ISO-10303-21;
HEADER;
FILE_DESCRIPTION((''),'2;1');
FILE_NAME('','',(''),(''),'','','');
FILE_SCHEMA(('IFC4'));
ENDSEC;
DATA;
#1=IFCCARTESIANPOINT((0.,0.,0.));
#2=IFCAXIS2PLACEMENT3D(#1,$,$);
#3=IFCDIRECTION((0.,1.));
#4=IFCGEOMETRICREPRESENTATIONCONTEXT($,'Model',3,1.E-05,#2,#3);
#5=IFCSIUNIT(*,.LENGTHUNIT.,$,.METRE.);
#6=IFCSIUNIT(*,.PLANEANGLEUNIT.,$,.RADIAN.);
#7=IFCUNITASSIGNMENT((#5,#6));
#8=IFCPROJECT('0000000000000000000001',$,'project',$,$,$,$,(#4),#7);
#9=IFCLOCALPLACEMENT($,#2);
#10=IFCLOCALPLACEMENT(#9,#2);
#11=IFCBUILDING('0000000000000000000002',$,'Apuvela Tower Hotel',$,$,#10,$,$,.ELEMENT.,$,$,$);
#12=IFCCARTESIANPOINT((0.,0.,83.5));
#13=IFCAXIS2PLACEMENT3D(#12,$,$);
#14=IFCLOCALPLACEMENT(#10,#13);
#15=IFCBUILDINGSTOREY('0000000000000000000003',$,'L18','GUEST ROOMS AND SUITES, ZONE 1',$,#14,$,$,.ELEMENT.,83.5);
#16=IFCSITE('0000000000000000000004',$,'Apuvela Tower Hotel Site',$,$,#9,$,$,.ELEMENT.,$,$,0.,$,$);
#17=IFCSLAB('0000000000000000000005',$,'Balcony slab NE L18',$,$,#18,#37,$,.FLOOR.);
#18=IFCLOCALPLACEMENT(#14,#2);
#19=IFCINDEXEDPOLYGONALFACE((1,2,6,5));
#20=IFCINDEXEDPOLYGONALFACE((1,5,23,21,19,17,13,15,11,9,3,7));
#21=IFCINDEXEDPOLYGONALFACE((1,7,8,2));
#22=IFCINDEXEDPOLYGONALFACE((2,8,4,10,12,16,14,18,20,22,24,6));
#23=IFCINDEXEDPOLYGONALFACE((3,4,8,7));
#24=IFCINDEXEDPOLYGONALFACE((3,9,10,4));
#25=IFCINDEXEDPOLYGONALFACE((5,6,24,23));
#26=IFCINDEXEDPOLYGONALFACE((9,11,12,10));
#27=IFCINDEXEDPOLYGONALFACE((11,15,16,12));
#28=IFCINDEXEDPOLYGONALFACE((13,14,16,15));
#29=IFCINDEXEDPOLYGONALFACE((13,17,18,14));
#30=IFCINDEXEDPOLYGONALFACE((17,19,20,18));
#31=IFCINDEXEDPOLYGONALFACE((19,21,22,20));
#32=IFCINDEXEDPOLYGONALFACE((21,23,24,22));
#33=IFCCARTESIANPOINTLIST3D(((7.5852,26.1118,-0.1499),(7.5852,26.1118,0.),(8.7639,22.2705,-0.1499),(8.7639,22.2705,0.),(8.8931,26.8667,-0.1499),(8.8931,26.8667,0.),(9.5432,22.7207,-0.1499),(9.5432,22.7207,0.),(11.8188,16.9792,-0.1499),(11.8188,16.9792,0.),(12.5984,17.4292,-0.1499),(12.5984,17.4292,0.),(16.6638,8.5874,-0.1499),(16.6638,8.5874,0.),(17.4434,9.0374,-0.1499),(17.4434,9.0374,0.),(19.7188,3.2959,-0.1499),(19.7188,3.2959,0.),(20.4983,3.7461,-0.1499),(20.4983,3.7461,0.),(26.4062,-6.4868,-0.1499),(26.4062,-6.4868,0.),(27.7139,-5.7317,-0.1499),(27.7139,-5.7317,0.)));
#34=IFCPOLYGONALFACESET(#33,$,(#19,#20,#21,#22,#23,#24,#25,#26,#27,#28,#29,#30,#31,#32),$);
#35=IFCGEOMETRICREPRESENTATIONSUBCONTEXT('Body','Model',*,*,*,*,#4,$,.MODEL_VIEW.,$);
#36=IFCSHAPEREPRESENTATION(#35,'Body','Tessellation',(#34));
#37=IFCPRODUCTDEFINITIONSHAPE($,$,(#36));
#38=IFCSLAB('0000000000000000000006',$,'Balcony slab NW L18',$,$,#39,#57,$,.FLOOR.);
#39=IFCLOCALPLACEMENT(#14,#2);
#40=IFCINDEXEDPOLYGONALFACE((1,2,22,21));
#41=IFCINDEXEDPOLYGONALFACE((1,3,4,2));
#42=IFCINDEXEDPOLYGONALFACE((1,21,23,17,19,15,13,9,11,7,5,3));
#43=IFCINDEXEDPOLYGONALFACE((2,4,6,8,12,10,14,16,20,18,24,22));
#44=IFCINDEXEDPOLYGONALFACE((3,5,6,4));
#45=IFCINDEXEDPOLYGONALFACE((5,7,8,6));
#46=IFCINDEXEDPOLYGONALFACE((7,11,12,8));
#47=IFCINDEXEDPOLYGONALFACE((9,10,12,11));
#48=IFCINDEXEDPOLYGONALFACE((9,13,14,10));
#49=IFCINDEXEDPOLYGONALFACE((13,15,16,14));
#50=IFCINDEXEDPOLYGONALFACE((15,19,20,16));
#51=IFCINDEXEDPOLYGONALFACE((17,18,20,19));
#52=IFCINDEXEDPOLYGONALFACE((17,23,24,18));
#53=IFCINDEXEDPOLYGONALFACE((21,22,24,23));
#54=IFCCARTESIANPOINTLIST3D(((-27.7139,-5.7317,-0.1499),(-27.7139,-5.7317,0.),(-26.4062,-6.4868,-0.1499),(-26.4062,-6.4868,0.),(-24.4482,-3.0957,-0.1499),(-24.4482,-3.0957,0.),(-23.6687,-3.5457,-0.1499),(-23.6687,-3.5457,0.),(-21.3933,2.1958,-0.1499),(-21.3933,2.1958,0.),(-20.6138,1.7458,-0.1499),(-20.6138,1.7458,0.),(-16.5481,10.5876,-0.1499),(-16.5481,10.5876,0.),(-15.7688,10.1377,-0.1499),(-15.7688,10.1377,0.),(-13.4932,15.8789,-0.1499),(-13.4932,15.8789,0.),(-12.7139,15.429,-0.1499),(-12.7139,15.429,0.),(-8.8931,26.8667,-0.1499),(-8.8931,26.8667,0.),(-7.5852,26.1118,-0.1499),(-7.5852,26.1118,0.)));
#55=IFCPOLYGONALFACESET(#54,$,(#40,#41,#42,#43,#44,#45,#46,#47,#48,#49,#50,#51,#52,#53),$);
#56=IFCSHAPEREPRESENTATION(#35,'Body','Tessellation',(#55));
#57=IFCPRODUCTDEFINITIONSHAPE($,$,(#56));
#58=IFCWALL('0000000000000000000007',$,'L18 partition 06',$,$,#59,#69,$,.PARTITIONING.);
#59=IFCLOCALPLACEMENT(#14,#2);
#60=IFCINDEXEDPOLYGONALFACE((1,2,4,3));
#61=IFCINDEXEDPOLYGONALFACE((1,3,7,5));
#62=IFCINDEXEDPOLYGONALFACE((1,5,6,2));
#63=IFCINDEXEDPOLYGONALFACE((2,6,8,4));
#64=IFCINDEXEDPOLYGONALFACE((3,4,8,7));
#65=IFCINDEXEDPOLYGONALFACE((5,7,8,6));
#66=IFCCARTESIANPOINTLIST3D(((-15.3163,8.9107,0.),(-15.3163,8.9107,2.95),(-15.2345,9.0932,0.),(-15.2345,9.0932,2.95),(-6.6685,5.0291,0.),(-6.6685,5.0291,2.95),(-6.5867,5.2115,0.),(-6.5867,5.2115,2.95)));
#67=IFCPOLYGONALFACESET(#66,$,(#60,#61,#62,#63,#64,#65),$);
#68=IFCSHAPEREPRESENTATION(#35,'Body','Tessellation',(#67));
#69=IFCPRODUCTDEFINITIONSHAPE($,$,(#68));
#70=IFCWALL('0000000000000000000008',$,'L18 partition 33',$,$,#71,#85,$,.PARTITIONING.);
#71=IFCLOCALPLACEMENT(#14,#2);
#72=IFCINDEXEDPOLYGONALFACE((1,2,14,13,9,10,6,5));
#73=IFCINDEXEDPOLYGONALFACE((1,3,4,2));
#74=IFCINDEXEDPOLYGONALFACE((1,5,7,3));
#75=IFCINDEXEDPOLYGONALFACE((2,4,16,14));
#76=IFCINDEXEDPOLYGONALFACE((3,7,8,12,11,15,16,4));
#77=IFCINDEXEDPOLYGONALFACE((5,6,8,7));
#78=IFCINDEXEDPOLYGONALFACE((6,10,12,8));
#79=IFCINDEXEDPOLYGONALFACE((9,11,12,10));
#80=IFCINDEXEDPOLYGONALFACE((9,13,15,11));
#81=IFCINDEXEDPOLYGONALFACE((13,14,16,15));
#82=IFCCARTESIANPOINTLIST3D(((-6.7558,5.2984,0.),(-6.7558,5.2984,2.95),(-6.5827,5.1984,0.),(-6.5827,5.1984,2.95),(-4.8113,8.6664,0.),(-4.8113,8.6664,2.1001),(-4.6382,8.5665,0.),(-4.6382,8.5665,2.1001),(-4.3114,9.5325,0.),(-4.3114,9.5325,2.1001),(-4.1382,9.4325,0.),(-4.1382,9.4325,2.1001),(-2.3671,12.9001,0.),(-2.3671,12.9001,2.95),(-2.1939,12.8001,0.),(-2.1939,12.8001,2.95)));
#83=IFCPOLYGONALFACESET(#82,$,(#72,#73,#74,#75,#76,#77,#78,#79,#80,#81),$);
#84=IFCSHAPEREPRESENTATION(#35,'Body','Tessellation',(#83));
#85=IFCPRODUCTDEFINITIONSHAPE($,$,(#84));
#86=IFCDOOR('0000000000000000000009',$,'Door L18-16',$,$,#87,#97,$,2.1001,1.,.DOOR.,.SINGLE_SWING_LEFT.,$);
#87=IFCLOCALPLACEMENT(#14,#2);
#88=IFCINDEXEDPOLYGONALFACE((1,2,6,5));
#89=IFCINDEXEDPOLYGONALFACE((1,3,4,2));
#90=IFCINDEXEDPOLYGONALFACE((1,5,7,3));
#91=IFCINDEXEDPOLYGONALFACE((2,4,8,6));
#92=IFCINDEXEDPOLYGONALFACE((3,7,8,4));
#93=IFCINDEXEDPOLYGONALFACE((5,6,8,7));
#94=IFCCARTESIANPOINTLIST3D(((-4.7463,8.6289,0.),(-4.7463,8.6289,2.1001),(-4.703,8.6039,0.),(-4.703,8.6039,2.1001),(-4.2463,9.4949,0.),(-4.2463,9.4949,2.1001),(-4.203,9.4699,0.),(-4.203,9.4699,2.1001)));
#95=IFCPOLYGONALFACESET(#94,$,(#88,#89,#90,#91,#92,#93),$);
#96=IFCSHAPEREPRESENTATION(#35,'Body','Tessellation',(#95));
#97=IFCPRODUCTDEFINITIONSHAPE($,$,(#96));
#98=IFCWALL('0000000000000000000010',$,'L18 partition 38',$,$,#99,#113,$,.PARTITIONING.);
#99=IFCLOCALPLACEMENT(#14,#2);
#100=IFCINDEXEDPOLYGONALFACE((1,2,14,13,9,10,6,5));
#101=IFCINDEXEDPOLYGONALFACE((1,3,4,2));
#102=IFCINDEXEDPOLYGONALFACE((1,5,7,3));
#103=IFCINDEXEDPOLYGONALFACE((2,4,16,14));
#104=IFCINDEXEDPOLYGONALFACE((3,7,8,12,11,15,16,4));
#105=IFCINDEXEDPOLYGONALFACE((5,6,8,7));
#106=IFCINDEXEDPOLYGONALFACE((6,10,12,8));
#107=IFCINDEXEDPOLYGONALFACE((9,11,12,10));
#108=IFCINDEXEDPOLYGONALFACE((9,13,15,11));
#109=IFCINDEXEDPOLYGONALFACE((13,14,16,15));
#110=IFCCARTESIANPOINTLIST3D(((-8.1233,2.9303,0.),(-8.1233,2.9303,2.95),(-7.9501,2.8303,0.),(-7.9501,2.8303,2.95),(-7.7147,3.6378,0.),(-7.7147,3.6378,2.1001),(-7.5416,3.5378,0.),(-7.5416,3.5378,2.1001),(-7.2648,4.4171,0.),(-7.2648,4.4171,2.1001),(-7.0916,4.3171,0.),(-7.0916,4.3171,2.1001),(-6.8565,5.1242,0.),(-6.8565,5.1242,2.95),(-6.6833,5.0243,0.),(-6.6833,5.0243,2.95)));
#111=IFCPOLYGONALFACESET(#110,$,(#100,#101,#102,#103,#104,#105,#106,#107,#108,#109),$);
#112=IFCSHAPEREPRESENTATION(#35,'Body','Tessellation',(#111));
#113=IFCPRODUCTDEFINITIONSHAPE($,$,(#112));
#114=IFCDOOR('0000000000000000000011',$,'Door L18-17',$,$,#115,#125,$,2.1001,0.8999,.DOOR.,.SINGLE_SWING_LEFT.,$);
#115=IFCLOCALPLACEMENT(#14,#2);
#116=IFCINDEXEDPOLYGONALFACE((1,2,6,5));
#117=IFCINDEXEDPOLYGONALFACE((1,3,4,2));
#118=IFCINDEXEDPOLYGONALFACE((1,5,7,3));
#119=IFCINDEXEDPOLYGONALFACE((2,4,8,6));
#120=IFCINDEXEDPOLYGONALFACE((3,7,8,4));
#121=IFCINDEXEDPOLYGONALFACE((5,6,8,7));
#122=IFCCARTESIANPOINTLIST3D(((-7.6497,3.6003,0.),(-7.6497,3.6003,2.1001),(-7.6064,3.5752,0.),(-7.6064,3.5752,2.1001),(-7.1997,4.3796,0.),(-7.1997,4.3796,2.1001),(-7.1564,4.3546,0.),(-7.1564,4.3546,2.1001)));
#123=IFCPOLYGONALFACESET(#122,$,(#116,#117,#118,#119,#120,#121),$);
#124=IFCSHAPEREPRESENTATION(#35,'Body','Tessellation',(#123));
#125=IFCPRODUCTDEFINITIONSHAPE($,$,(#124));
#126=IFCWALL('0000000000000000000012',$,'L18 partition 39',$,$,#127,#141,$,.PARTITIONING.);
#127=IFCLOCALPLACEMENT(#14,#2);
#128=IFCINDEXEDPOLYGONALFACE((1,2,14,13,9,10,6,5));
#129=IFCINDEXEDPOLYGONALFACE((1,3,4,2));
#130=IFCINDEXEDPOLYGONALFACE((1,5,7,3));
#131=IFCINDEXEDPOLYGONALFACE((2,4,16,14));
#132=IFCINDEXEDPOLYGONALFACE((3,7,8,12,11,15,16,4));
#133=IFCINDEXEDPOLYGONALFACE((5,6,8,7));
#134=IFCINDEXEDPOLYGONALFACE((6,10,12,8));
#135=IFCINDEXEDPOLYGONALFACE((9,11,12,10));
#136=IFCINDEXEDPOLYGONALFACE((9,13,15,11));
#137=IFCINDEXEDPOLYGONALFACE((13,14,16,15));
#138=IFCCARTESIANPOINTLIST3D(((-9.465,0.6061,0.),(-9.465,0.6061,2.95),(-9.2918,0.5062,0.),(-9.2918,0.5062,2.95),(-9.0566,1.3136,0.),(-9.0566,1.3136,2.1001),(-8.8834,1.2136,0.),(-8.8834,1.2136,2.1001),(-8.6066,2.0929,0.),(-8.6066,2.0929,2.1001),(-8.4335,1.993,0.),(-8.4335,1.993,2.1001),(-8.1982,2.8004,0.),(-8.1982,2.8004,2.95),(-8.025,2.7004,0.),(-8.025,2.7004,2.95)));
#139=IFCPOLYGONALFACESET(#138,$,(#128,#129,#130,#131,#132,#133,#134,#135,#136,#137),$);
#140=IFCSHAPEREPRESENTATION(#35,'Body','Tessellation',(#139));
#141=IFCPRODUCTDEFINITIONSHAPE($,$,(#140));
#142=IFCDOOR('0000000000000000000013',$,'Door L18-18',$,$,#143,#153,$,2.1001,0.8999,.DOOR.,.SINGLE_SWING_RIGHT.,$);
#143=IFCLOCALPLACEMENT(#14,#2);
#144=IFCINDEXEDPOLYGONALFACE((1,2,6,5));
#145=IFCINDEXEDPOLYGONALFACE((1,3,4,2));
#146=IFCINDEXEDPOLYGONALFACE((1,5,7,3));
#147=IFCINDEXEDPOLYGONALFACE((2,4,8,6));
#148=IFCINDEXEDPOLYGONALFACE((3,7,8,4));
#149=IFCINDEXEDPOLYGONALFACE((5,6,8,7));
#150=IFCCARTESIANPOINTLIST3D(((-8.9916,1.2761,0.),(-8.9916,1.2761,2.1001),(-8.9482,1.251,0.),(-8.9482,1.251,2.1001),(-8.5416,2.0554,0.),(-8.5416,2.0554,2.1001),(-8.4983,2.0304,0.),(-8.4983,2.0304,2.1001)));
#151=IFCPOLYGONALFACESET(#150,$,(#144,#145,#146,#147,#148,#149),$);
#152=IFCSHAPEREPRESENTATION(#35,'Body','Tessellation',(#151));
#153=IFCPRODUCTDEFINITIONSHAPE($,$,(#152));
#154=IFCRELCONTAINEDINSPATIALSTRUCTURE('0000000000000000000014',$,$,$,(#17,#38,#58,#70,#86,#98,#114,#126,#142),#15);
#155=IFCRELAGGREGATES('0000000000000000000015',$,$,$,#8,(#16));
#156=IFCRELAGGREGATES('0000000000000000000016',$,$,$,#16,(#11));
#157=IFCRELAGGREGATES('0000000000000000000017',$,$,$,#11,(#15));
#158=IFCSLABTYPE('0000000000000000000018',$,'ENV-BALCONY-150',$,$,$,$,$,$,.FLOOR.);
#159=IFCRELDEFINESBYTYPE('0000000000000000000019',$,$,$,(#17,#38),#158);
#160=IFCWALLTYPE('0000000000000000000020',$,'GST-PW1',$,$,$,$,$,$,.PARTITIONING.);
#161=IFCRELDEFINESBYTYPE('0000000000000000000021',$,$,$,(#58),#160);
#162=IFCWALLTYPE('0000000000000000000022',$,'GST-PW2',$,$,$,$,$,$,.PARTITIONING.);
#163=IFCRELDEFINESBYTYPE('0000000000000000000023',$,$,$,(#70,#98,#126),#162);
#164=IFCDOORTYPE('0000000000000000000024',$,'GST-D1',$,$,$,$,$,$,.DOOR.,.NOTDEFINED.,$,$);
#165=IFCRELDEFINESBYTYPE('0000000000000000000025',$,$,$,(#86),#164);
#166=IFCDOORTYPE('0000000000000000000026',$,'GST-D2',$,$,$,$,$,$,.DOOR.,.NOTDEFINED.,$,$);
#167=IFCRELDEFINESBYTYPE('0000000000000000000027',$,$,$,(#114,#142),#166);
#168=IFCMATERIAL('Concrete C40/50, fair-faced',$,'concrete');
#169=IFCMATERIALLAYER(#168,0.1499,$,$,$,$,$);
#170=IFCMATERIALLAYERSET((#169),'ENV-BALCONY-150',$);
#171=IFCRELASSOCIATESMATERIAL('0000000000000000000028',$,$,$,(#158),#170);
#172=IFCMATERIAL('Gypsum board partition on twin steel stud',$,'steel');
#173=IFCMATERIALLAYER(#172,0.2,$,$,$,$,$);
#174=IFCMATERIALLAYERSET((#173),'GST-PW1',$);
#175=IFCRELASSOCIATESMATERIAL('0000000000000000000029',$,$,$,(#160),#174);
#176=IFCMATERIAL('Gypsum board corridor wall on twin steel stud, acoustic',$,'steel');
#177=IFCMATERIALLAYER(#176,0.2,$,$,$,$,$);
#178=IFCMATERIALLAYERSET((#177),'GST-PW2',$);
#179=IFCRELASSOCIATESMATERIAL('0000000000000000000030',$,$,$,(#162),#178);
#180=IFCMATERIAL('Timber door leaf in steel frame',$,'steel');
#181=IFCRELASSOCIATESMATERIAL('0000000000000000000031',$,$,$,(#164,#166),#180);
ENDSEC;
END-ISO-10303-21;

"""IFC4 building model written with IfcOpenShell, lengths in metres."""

from ifc_helpers import new_model, si_unit, direction, frame, frame_2d, origin, place, context, subcontext, project, spatial, polyline, rectangle, outline, extrude, material, layer, layer_set, type_object, element, fill, save


model = new_model("IFC4")

# Units and contexts
model_context = context("Model", 3, precision=1e-05, world=origin(), true_north=direction((0.0, 1.0)))
body_context = subcontext(model_context, "Body", "Model", "MODEL_VIEW")
ifc_project = project(units=[si_unit("LENGTHUNIT", "METRE"), si_unit("PLANEANGLEUNIT", "RADIAN")], contexts=[model_context])

# Site, building, storey
site_placement = place(None, origin())
site = spatial("IfcSite", under=ifc_project, at=site_placement, Name="Apuvela Tower Hotel Site", CompositionType="ELEMENT", RefElevation=0.0)
building_placement = place(site_placement, origin())
building = spatial("IfcBuilding", under=site, at=building_placement, Name="Apuvela Tower Hotel", CompositionType="ELEMENT")
storey_placement = place(building_placement, frame((0.0, 0.0, 83.5)))
storey = spatial("IfcBuildingStorey", under=building, at=storey_placement, Name="L18", Description="GUEST ROOMS AND SUITES, ZONE 1", CompositionType="ELEMENT", Elevation=83.5)

# Slabs
ifc_material_1 = material(Name="Concrete C40/50, fair-faced", Category="concrete")
ifc_layer_1 = layer(ifc_material_1, 0.1499)
ifc_layer_set_1 = layer_set([ifc_layer_1], Name="ENV-BALCONY-150")
slab_type_1 = type_object("IfcSlabType", Name="ENV-BALCONY-150", PredefinedType="FLOOR", material=ifc_layer_set_1)
slab_1_placement = place(storey_placement, frame((0.0, 0.0, -0.1499)))
element("IfcSlab", 1, at=slab_1_placement, inside=storey, type_object=slab_type_1, Name="Balcony slab NE L18", PredefinedType="FLOOR", context=body_context, shape_type="SweptSolid", body=[
    extrude(outline(polyline([(17.4434, 9.0374), (12.5984, 17.4292), (11.8188, 16.9792), (8.7639, 22.2705), (9.5432, 22.7207), (7.5852, 26.1118), (8.8931, 26.8667), (27.7139, -5.7317), (26.4062, -6.4868), (20.4983, 3.7461), (19.7188, 3.2959), (16.6638, 8.5874), (17.4434, 9.0374)])), origin(), (0.0, 0.0, 1.0), 0.1499),
])
slab_2_placement = place(storey_placement, frame((0.0, 0.0, -0.1499)))
element("IfcSlab", 2, at=slab_2_placement, inside=storey, type_object=slab_type_1, Name="Balcony slab NW L18", PredefinedType="FLOOR", context=body_context, shape_type="SweptSolid", body=[
    extrude(outline(polyline([(-27.7139, -5.7317), (-8.8931, 26.8667), (-7.5852, 26.1118), (-13.4932, 15.8789), (-12.7139, 15.429), (-15.7688, 10.1377), (-16.5481, 10.5876), (-21.3933, 2.1958), (-20.6138, 1.7458), (-23.6687, -3.5457), (-24.4482, -3.0957), (-26.4062, -6.4868), (-27.7139, -5.7317)])), origin(), (0.0, 0.0, 1.0), 0.1499),
])

# Wall
ifc_material_2 = material(Name="Gypsum board partition on twin steel stud", Category="steel")
ifc_layer_2 = layer(ifc_material_2, 0.2)
ifc_layer_set_2 = layer_set([ifc_layer_2], Name="GST-PW1")
wall_type_1 = type_object("IfcWallType", Name="GST-PW1", PredefinedType="PARTITIONING", material=ifc_layer_set_2)
wall_1_placement = place(storey_placement, frame((-15.2754, 9.002, 0.0), z_axis=(0.0, 0.0, 1.0), x_axis=(0.912311, -0.409498, 0.0)))
element("IfcWall", 3, at=wall_1_placement, inside=storey, type_object=wall_type_1, Name="L18 partition 06", PredefinedType="PARTITIONING", context=body_context, shape_type="SweptSolid", body=[
    extrude(rectangle(XDim=9.479, YDim=0.2, at=frame_2d((4.7395, 0.0))), origin(), (0.0, 0.0, 1.0), 2.95),
])

# Walls, openings, doors
ifc_material_3 = material(Name="Gypsum board corridor wall on twin steel stud, acoustic", Category="steel")
ifc_layer_3 = layer(ifc_material_3, 0.2)
ifc_layer_set_3 = layer_set([ifc_layer_3], Name="GST-PW2")
wall_type_2 = type_object("IfcWallType", Name="GST-PW2", PredefinedType="PARTITIONING", material=ifc_layer_set_3)
wall_2_placement = place(storey_placement, frame((-6.6692, 5.2485, 0.0), z_axis=(0.0, 0.0, 1.0), x_axis=(0.499992, 0.86603, 0.0)))
wall_2 = element("IfcWall", 4, at=wall_2_placement, inside=storey, type_object=wall_type_2, Name="L18 partition 33", PredefinedType="PARTITIONING", context=body_context, shape_type="SweptSolid", body=[
    extrude(rectangle(XDim=8.7776, YDim=0.2, at=frame_2d((4.3887, 0.0))), origin(), (0.0, 0.0, 1.0), 2.95),
])
opening_1_placement = place(wall_2_placement, frame((3.8889, 0.0, 0.0)))
opening_1 = element("IfcOpeningElement", 5, at=opening_1_placement, cuts=wall_2, PredefinedType="OPENING", context=body_context, shape_type="SweptSolid", body=[
    extrude(rectangle(XDim=1.0, YDim=2.1001, at=frame_2d((0.5, 1.05))), frame((0.0, 0.1099, 0.0), z_axis=(0.0, -1.0, 0.0), x_axis=(1.0, 0.0, 0.0)), (0.0, 0.0, 1.0), 0.22),
])
ifc_material_4 = material(Name="Timber door leaf in steel frame", Category="steel")
door_type_1 = type_object("IfcDoorType", Name="GST-D1", OperationType="NOTDEFINED", PredefinedType="DOOR", material=ifc_material_4)
door_1_placement = place(opening_1_placement, origin())
door_1 = element("IfcDoor", 6, at=door_1_placement, inside=storey, type_object=door_type_1, Name="Door L18-16", OperationType="SINGLE_SWING_LEFT", OverallHeight=2.1001, OverallWidth=1.0, PredefinedType="DOOR", context=body_context, shape_type="SweptSolid", body=[
    extrude(rectangle(XDim=1.0, YDim=2.1001, at=frame_2d((0.5, 1.05))), frame((0.0, 0.0249, 0.0), z_axis=(0.0, -1.0, 0.0), x_axis=(1.0, 0.0, 0.0)), (0.0, 0.0, 1.0), 0.05),
])
fill(opening_1, door_1)
wall_3_placement = place(storey_placement, frame((-8.0366, 2.8804, 0.0), z_axis=(0.0, 0.0, 1.0), x_axis=(0.500026, 0.866011, 0.0)))
wall_3 = element("IfcWall", 7, at=wall_3_placement, inside=storey, type_object=wall_type_2, Name="L18 partition 38", PredefinedType="PARTITIONING", context=body_context, shape_type="SweptSolid", body=[
    extrude(rectangle(XDim=2.5334, YDim=0.2, at=frame_2d((1.2666, 0.0))), origin(), (0.0, 0.0, 1.0), 2.95),
])
opening_2_placement = place(wall_3_placement, frame((0.8169, 0.0, 0.0)))
opening_2 = element("IfcOpeningElement", 8, at=opening_2_placement, cuts=wall_3, PredefinedType="OPENING", context=body_context, shape_type="SweptSolid", body=[
    extrude(rectangle(XDim=0.8999, YDim=2.1001, at=frame_2d((0.45, 1.05))), frame((0.0, 0.1099, 0.0), z_axis=(0.0, -1.0, 0.0), x_axis=(1.0, 0.0, 0.0)), (0.0, 0.0, 1.0), 0.22),
])
door_type_2 = type_object("IfcDoorType", Name="GST-D2", OperationType="NOTDEFINED", PredefinedType="DOOR", material=ifc_material_4)
door_2_placement = place(opening_2_placement, origin())
door_2 = element("IfcDoor", 9, at=door_2_placement, inside=storey, type_object=door_type_2, Name="Door L18-17", OperationType="SINGLE_SWING_LEFT", OverallHeight=2.1001, OverallWidth=0.8999, PredefinedType="DOOR", context=body_context, shape_type="SweptSolid", body=[
    extrude(rectangle(XDim=0.8999, YDim=2.1001, at=frame_2d((0.45, 1.05))), frame((0.0, 0.0249, 0.0), z_axis=(0.0, -1.0, 0.0), x_axis=(1.0, 0.0, 0.0)), (0.0, 0.0, 1.0), 0.05),
])
fill(opening_2, door_2)
wall_4_placement = place(storey_placement, frame((-9.3784, 0.5562, 0.0), z_axis=(0.0, 0.0, 1.0), x_axis=(0.499984, 0.866035, 0.0)))
wall_4 = element("IfcWall", 10, at=wall_4_placement, inside=storey, type_object=wall_type_2, Name="L18 partition 39", PredefinedType="PARTITIONING", context=body_context, shape_type="SweptSolid", body=[
    extrude(rectangle(XDim=2.5337, YDim=0.2, at=frame_2d((1.2668, 0.0))), origin(), (0.0, 0.0, 1.0), 2.95),
])
opening_3_placement = place(wall_4_placement, frame((0.8169, 0.0, 0.0)))
opening_3 = element("IfcOpeningElement", 11, at=opening_3_placement, cuts=wall_4, PredefinedType="OPENING", context=body_context, shape_type="SweptSolid", body=[
    extrude(rectangle(XDim=0.8999, YDim=2.1001, at=frame_2d((0.45, 1.05))), frame((0.0, 0.1099, 0.0), z_axis=(0.0, -1.0, 0.0), x_axis=(1.0, 0.0, 0.0)), (0.0, 0.0, 1.0), 0.22),
])
door_3_placement = place(opening_3_placement, origin())
door_3 = element("IfcDoor", 12, at=door_3_placement, inside=storey, type_object=door_type_2, Name="Door L18-18", OperationType="SINGLE_SWING_RIGHT", OverallHeight=2.1001, OverallWidth=0.8999, PredefinedType="DOOR", context=body_context, shape_type="SweptSolid", body=[
    extrude(rectangle(XDim=0.8999, YDim=2.1001, at=frame_2d((0.45, 1.05))), frame((0.0, 0.0249, 0.0), z_axis=(0.0, -1.0, 0.0), x_axis=(1.0, 0.0, 0.0)), (0.0, 0.0, 1.0), 0.05),
])
fill(opening_3, door_3)

save(model, "model.ifc")
